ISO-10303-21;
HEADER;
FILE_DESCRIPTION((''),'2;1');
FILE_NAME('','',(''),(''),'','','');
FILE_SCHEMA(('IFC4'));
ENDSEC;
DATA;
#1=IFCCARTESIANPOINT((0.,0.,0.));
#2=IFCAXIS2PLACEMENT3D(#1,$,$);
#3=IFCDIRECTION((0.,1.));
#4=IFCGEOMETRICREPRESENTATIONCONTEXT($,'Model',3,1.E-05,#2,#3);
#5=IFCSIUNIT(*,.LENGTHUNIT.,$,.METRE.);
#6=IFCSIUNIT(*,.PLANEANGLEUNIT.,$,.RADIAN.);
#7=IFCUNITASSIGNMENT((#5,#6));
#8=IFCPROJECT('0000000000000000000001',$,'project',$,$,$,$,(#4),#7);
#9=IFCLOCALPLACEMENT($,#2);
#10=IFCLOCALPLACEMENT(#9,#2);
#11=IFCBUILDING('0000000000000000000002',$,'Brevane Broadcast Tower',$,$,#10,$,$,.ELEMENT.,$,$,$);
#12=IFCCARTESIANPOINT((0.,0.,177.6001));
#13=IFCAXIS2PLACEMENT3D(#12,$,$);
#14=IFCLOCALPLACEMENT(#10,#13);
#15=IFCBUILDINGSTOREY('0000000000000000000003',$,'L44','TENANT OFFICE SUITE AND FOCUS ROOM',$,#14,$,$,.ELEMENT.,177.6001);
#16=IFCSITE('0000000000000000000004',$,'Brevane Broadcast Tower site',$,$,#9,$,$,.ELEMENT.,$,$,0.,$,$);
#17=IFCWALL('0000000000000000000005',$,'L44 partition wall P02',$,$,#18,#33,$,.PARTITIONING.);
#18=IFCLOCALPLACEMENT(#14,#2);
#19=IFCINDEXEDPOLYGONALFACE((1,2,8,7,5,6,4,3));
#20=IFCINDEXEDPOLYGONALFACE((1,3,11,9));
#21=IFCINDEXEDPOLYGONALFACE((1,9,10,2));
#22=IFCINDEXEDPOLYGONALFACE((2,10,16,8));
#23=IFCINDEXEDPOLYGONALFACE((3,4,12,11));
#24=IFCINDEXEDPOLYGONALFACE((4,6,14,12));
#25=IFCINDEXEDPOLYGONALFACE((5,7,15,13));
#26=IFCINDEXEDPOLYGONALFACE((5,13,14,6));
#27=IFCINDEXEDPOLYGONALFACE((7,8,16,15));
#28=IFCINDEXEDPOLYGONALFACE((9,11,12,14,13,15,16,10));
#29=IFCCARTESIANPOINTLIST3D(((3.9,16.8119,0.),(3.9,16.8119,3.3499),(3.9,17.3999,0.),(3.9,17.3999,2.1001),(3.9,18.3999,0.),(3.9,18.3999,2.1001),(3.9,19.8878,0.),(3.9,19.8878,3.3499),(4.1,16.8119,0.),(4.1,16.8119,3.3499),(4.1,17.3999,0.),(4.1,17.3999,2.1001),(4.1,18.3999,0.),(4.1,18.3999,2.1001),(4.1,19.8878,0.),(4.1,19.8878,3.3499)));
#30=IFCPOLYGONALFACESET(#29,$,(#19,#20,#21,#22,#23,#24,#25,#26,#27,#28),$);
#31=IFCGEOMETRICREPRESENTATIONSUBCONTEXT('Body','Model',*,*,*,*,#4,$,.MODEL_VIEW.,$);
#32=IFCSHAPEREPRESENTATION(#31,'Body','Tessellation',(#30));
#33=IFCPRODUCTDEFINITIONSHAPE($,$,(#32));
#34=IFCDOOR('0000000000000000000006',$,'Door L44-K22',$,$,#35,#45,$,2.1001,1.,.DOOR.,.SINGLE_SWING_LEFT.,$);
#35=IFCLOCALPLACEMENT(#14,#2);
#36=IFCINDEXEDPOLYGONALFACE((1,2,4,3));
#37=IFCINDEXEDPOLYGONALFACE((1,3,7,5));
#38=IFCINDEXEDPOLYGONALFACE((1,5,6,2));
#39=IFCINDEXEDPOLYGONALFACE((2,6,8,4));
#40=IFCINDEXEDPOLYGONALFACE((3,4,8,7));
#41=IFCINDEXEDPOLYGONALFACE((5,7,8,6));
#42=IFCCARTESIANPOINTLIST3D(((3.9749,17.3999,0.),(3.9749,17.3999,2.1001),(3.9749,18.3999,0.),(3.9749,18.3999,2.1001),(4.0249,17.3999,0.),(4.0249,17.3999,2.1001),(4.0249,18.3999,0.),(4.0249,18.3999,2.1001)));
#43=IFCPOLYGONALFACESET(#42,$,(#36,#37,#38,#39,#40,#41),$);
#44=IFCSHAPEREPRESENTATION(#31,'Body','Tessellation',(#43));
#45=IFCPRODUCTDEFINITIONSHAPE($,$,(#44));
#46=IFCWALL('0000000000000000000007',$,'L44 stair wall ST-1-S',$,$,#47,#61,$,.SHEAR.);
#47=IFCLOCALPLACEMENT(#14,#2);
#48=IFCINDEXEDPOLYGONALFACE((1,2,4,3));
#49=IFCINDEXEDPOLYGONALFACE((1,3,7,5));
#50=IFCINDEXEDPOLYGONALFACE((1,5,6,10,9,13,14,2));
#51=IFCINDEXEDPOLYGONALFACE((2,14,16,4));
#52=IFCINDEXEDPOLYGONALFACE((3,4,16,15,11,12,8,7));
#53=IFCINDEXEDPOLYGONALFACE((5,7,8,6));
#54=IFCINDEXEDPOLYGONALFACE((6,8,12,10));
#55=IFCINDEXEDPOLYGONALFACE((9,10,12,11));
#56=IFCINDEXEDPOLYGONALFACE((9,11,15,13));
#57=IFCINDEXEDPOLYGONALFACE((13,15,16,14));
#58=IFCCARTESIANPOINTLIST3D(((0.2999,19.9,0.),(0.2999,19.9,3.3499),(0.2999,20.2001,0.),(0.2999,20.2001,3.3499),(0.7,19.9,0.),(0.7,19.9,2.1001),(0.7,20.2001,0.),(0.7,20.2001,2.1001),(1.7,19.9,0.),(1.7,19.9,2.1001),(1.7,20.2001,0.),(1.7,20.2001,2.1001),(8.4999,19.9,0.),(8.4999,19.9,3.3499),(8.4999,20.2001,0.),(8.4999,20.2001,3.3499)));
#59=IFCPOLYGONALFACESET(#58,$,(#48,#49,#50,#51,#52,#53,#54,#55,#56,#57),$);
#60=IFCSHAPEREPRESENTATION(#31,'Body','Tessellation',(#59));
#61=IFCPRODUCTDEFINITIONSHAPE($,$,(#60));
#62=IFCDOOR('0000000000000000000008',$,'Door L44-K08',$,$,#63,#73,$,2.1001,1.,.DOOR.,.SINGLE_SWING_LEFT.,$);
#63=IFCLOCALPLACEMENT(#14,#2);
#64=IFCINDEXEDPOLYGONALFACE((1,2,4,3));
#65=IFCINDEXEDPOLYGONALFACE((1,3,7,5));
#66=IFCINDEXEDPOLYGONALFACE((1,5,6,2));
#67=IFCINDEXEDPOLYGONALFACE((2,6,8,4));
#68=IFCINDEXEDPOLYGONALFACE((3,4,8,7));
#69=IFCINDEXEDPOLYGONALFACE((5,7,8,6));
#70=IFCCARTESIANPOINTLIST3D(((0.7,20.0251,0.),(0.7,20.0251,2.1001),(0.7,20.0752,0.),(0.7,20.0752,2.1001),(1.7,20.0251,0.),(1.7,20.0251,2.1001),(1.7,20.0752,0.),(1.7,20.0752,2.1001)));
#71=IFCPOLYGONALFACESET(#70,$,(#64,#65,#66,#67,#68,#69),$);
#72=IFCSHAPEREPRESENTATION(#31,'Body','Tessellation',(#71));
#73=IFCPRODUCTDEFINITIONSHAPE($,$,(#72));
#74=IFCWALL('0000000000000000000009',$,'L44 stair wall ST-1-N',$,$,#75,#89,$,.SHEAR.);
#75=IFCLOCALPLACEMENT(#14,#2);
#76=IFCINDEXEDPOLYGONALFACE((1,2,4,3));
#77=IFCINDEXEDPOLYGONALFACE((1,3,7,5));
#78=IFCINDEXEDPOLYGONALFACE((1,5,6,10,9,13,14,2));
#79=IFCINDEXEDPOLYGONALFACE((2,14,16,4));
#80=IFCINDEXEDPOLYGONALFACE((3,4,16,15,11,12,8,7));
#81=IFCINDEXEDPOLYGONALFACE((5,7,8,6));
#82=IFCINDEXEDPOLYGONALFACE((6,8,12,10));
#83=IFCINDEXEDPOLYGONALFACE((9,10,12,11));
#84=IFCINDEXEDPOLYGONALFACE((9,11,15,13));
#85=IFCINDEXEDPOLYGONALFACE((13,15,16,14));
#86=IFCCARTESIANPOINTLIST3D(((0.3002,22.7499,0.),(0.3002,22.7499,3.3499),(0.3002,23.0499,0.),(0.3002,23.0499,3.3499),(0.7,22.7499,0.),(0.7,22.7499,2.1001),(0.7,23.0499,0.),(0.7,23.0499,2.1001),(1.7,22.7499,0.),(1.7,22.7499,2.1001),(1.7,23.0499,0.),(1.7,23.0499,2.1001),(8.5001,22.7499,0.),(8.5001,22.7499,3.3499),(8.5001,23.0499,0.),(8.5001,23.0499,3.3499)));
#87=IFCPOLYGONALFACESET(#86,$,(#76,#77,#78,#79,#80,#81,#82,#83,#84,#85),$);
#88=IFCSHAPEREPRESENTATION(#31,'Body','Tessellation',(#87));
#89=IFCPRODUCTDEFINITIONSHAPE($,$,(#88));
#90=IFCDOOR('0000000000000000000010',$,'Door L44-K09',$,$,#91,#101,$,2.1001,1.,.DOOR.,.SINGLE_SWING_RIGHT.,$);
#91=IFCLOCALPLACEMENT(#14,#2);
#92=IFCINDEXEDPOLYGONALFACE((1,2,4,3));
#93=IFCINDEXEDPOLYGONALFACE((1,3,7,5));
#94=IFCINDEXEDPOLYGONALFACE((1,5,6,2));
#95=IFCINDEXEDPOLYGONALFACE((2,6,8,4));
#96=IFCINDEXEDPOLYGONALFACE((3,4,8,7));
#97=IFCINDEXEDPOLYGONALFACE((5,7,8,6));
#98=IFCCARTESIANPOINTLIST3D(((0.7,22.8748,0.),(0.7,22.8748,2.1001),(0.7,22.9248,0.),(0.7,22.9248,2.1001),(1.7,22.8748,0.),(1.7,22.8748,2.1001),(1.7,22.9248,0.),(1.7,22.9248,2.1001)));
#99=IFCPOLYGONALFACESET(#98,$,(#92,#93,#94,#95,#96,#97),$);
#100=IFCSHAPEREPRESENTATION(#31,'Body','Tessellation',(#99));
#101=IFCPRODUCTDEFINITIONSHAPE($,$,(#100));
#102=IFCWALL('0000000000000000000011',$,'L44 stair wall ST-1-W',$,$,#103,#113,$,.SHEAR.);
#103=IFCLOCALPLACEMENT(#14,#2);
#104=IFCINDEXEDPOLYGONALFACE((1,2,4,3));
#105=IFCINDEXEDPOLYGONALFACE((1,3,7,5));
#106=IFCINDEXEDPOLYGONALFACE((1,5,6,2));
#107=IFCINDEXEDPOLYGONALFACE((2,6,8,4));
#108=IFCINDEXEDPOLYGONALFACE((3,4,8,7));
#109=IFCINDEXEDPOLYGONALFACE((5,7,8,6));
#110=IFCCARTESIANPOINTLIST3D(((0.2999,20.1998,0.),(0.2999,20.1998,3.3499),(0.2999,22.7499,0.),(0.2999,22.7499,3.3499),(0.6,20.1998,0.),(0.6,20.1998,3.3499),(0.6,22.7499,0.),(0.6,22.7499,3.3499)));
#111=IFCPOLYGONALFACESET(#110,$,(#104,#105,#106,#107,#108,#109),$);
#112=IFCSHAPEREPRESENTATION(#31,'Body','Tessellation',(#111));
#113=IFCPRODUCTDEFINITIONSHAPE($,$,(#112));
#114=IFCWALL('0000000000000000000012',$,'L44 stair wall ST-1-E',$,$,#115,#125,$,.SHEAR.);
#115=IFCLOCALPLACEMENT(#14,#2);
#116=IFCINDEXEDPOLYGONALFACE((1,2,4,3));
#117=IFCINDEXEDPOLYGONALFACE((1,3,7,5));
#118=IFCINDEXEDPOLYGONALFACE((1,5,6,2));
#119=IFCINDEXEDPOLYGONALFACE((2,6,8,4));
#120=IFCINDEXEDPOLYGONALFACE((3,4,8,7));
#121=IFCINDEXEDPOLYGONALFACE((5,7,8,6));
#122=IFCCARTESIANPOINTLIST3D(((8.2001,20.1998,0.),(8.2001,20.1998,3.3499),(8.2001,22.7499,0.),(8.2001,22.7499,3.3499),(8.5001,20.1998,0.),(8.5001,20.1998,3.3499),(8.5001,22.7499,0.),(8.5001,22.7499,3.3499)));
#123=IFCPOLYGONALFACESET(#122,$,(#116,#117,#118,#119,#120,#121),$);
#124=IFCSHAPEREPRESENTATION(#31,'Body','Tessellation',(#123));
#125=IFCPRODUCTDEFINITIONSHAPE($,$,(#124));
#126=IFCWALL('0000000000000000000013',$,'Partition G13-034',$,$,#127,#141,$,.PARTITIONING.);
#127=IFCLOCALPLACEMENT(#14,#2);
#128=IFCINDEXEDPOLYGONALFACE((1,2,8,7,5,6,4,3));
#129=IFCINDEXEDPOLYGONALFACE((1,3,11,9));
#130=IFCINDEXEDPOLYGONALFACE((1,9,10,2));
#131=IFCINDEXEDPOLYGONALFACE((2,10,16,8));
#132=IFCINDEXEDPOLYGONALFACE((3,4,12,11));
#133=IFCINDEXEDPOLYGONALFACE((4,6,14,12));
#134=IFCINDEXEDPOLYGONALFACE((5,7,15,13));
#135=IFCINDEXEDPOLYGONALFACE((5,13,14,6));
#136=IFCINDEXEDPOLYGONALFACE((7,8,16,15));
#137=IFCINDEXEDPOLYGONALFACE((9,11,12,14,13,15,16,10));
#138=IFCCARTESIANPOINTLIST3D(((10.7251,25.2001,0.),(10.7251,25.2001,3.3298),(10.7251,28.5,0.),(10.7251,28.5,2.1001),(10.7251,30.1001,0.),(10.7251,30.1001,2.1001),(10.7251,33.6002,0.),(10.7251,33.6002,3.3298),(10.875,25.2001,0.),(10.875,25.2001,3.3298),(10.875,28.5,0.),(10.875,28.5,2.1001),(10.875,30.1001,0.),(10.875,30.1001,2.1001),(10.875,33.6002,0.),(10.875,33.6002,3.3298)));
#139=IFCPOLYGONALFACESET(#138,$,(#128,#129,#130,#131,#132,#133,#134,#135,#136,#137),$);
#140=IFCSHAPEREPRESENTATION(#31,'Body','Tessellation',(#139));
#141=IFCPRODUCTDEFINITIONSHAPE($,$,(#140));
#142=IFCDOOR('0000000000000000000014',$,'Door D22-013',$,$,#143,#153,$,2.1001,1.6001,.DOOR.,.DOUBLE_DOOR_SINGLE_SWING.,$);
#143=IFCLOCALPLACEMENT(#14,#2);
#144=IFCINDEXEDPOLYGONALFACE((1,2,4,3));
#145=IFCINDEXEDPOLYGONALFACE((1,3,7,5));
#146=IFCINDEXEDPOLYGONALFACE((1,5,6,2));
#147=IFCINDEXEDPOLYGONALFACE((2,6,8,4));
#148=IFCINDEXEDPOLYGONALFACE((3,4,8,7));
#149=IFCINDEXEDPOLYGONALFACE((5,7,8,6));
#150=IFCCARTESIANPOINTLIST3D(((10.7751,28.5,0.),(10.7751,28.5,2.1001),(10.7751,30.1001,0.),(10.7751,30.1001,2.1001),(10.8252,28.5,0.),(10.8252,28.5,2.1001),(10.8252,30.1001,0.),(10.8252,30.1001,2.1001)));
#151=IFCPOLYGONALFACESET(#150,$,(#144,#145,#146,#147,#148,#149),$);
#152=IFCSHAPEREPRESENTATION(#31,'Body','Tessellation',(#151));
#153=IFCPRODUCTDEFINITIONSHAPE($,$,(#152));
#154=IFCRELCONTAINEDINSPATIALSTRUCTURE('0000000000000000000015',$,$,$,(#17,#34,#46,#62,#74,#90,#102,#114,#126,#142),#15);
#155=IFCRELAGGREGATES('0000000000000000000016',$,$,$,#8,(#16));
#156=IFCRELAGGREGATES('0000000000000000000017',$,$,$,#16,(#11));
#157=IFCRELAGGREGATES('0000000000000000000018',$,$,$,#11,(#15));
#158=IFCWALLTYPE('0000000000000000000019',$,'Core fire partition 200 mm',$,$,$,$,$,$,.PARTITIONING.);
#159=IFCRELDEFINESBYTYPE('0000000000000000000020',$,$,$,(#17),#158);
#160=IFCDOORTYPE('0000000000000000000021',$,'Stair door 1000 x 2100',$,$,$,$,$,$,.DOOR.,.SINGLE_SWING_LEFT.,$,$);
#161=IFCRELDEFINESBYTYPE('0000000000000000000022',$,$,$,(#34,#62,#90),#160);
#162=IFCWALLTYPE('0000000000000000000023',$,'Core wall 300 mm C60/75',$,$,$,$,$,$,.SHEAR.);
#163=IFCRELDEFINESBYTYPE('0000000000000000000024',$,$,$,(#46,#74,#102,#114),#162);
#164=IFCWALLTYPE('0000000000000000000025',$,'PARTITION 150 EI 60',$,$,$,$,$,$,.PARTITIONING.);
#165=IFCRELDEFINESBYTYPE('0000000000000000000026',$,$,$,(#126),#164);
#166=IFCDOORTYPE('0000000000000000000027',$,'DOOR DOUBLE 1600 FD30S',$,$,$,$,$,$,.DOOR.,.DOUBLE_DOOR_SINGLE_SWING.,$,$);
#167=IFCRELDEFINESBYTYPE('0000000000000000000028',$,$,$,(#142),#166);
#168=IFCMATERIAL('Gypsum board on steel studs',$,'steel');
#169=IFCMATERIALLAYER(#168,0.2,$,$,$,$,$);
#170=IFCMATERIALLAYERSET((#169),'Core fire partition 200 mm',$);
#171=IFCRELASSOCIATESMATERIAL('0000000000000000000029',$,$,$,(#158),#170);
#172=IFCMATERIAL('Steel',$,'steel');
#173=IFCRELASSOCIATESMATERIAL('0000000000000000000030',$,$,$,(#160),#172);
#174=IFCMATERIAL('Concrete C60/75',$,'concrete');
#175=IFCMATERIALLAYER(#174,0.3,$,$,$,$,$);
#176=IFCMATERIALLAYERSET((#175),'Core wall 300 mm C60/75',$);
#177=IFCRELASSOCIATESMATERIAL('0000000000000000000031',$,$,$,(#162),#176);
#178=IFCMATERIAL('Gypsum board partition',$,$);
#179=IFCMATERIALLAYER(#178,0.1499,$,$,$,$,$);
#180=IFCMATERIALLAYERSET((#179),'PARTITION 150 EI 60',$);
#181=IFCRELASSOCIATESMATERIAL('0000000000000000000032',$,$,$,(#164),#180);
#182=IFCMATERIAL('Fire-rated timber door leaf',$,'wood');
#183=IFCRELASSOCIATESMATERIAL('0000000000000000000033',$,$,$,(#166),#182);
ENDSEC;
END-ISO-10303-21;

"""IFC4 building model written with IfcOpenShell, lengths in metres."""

from ifc_helpers import new_model, si_unit, direction, frame, frame_2d, origin, place, context, subcontext, project, spatial, rectangle, extrude, material, layer, layer_set, type_object, element, fill, save


model = new_model("IFC4")

# Units and contexts
model_context = context("Model", 3, precision=1e-05, world=origin(), true_north=direction((0.0, 1.0)))
body_context = subcontext(model_context, "Body", "Model", "MODEL_VIEW")
ifc_project = project(units=[si_unit("LENGTHUNIT", "METRE"), si_unit("PLANEANGLEUNIT", "RADIAN")], contexts=[model_context])

# Site, building, storey
site_placement = place(None, origin())
site = spatial("IfcSite", under=ifc_project, at=site_placement, Name="Brevane Broadcast Tower site", CompositionType="ELEMENT", RefElevation=0.0)
building_placement = place(site_placement, origin())
building = spatial("IfcBuilding", under=site, at=building_placement, Name="Brevane Broadcast Tower", CompositionType="ELEMENT")
storey_placement = place(building_placement, frame((0.0, 0.0, 177.6001)))
storey = spatial("IfcBuildingStorey", under=building, at=storey_placement, Name="L44", Description="TENANT OFFICE SUITE AND FOCUS ROOM", CompositionType="ELEMENT", Elevation=177.6001)

# Shared definitions
ifc_material_1 = material(Name="Concrete C60/75", Category="concrete")

# Shared definitions
ifc_material_2 = material(Name="Gypsum board on steel studs", Category="steel")
ifc_material_3 = material(Name="Steel", Category="steel")

# Walls, openings, doors
ifc_layer_1 = layer(ifc_material_2, 0.2)
ifc_layer_set_1 = layer_set([ifc_layer_1], Name="Core fire partition 200 mm")
wall_type_1 = type_object("IfcWallType", Name="Core fire partition 200 mm", PredefinedType="PARTITIONING", material=ifc_layer_set_1)
wall_1_placement = place(storey_placement, frame((4.0, 19.8879, 0.0), z_axis=(0.0, 0.0, 1.0), x_axis=(0.0, -1.0, 0.0)))
wall_1 = element("IfcWall", 1, at=wall_1_placement, inside=storey, type_object=wall_type_1, Name="L44 partition wall P02", PredefinedType="PARTITIONING", context=body_context, shape_type="SweptSolid", body=[
    extrude(rectangle(XDim=3.0759, YDim=0.2, at=frame_2d((1.5381, 0.0))), origin(), (0.0, 0.0, 1.0), 3.3499),
])
opening_1_placement = place(wall_1_placement, frame((1.488, 0.0, 0.0)))
opening_1 = element("IfcOpeningElement", 2, at=opening_1_placement, cuts=wall_1, PredefinedType="OPENING", context=body_context, shape_type="SweptSolid", body=[
    extrude(rectangle(XDim=1.0, YDim=2.1001, at=frame_2d((0.5, 1.05))), frame((0.0, 0.1099, 0.0), z_axis=(0.0, -1.0, 0.0), x_axis=(1.0, 0.0, 0.0)), (0.0, 0.0, 1.0), 0.22),
])
door_type_1 = type_object("IfcDoorType", Name="Stair door 1000 x 2100", OperationType="SINGLE_SWING_LEFT", PredefinedType="DOOR", material=ifc_material_3)
door_1_placement = place(opening_1_placement, origin())
door_1 = element("IfcDoor", 3, at=door_1_placement, inside=storey, type_object=door_type_1, Name="Door L44-K22", OperationType="SINGLE_SWING_LEFT", OverallHeight=2.1001, OverallWidth=1.0, PredefinedType="DOOR", context=body_context, shape_type="SweptSolid", body=[
    extrude(rectangle(XDim=1.0, YDim=2.1001, at=frame_2d((0.5, 1.05))), frame((0.0, 0.0249, 0.0), z_axis=(0.0, -1.0, 0.0), x_axis=(1.0, 0.0, 0.0)), (0.0, 0.0, 1.0), 0.05),
])
fill(opening_1, door_1)
ifc_layer_2 = layer(ifc_material_1, 0.3)
ifc_layer_set_2 = layer_set([ifc_layer_2], Name="Core wall 300 mm C60/75")
wall_type_2 = type_object("IfcWallType", Name="Core wall 300 mm C60/75", PredefinedType="SHEAR", material=ifc_layer_set_2)
wall_2_placement = place(storey_placement, frame((8.5, 20.05, 0.0), z_axis=(0.0, 0.0, 1.0), x_axis=(-1.0, 0.0, 0.0)))
wall_2 = element("IfcWall", 4, at=wall_2_placement, inside=storey, type_object=wall_type_2, Name="L44 stair wall ST-1-S", PredefinedType="SHEAR", context=body_context, shape_type="SweptSolid", body=[
    extrude(rectangle(XDim=8.2, YDim=0.3, at=frame_2d((4.1001, 0.0))), origin(), (0.0, 0.0, 1.0), 3.3499),
])
opening_2_placement = place(wall_2_placement, frame((6.8, 0.0, 0.0)))
opening_2 = element("IfcOpeningElement", 5, at=opening_2_placement, cuts=wall_2, PredefinedType="OPENING", context=body_context, shape_type="SweptSolid", body=[
    extrude(rectangle(XDim=1.0, YDim=2.1001, at=frame_2d((0.5, 1.05))), frame((0.0, 0.1599, 0.0), z_axis=(0.0, -1.0, 0.0), x_axis=(1.0, 0.0, 0.0)), (0.0, 0.0, 1.0), 0.3201),
])
door_2_placement = place(opening_2_placement, origin())
door_2 = element("IfcDoor", 6, at=door_2_placement, inside=storey, type_object=door_type_1, Name="Door L44-K08", OperationType="SINGLE_SWING_LEFT", OverallHeight=2.1001, OverallWidth=1.0, PredefinedType="DOOR", context=body_context, shape_type="SweptSolid", body=[
    extrude(rectangle(XDim=1.0, YDim=2.1001, at=frame_2d((0.5, 1.05))), frame((0.0, 0.0249, 0.0), z_axis=(0.0, -1.0, 0.0), x_axis=(1.0, 0.0, 0.0)), (0.0, 0.0, 1.0), 0.05),
])
fill(opening_2, door_2)
wall_3_placement = place(storey_placement, frame((0.3, 22.8999, 0.0), z_axis=(0.0, 0.0, 1.0), x_axis=(1.0, 0.0, 0.0)))
wall_3 = element("IfcWall", 7, at=wall_3_placement, inside=storey, type_object=wall_type_2, Name="L44 stair wall ST-1-N", PredefinedType="SHEAR", context=body_context, shape_type="SweptSolid", body=[
    extrude(rectangle(XDim=8.2, YDim=0.3, at=frame_2d((4.1001, 0.0))), origin(), (0.0, 0.0, 1.0), 3.3499),
])
opening_3_placement = place(wall_3_placement, frame((0.3999, 0.0, 0.0)))
opening_3 = element("IfcOpeningElement", 8, at=opening_3_placement, cuts=wall_3, PredefinedType="OPENING", context=body_context, shape_type="SweptSolid", body=[
    extrude(rectangle(XDim=1.0, YDim=2.1001, at=frame_2d((0.5, 1.05))), frame((0.0, 0.1599, 0.0), z_axis=(0.0, -1.0, 0.0), x_axis=(1.0, 0.0, 0.0)), (0.0, 0.0, 1.0), 0.3201),
])
door_3_placement = place(opening_3_placement, origin())
door_3 = element("IfcDoor", 9, at=door_3_placement, inside=storey, type_object=door_type_1, Name="Door L44-K09", OperationType="SINGLE_SWING_RIGHT", OverallHeight=2.1001, OverallWidth=1.0, PredefinedType="DOOR", context=body_context, shape_type="SweptSolid", body=[
    extrude(rectangle(XDim=1.0, YDim=2.1001, at=frame_2d((0.5, 1.05))), frame((0.0, 0.0249, 0.0), z_axis=(0.0, -1.0, 0.0), x_axis=(1.0, 0.0, 0.0)), (0.0, 0.0, 1.0), 0.05),
])
fill(opening_3, door_3)

# Walls
for number, where, z_axis, x_axis, name in (
    (10, (0.45, 20.2, 0.0), (0.0, 0.0, 1.0), (0.0, 1.0, 0.0), "L44 stair wall ST-1-W"),
    (11, (8.3501, 20.2, 0.0), (0.0, 0.0, 1.0), (0.0, 1.0, 0.0), "L44 stair wall ST-1-E"),
):
    element("IfcWall", number, at=place(storey_placement, frame(where, z_axis=z_axis, x_axis=x_axis)), inside=storey, type_object=wall_type_2, Name=name, PredefinedType="SHEAR", context=body_context, shape_type="SweptSolid", body=[
        extrude(rectangle(XDim=2.55, YDim=0.3, at=frame_2d((1.2749, 0.0))), origin(), (0.0, 0.0, 1.0), 3.3499),
    ])

# Wall, opening, door
ifc_material_4 = material(Name="Gypsum board partition")
ifc_layer_3 = layer(ifc_material_4, 0.1499)
ifc_layer_set_3 = layer_set([ifc_layer_3], Name="PARTITION 150 EI 60")
wall_type_3 = type_object("IfcWallType", Name="PARTITION 150 EI 60", PredefinedType="PARTITIONING", material=ifc_layer_set_3)
wall_4_placement = place(storey_placement, frame((10.8, 25.2, 0.0), z_axis=(0.0, 0.0, 1.0), x_axis=(0.0, 1.0, 0.0)))
wall_4 = element("IfcWall", 12, at=wall_4_placement, inside=storey, type_object=wall_type_3, Name="Partition G13-034", PredefinedType="PARTITIONING", context=body_context, shape_type="SweptSolid", body=[
    extrude(rectangle(XDim=8.4001, YDim=0.1499, at=frame_2d((4.2002, 0.0))), origin(), (0.0, 0.0, 1.0), 3.3298),
])
opening_4_placement = place(wall_4_placement, frame((3.3, 0.0, 0.0)))
opening_4 = element("IfcOpeningElement", 13, at=opening_4_placement, cuts=wall_4, PredefinedType="OPENING", context=body_context, shape_type="SweptSolid", body=[
    extrude(rectangle(XDim=1.6001, YDim=2.1001, at=frame_2d((0.8, 1.05))), frame((0.0, 0.085, 0.0), z_axis=(0.0, -1.0, 0.0), x_axis=(1.0, 0.0, 0.0)), (0.0, 0.0, 1.0), 0.1699),
])
ifc_material_5 = material(Name="Fire-rated timber door leaf", Category="wood")
door_type_2 = type_object("IfcDoorType", Name="DOOR DOUBLE 1600 FD30S", OperationType="DOUBLE_DOOR_SINGLE_SWING", PredefinedType="DOOR", material=ifc_material_5)
door_4_placement = place(opening_4_placement, origin())
door_4 = element("IfcDoor", 14, at=door_4_placement, inside=storey, type_object=door_type_2, Name="Door D22-013", OperationType="DOUBLE_DOOR_SINGLE_SWING", OverallHeight=2.1001, OverallWidth=1.6001, PredefinedType="DOOR", context=body_context, shape_type="SweptSolid", body=[
    extrude(rectangle(XDim=1.6001, YDim=2.1001, at=frame_2d((0.8, 1.05))), frame((0.0, 0.0249, 0.0), z_axis=(0.0, -1.0, 0.0), x_axis=(1.0, 0.0, 0.0)), (0.0, 0.0, 1.0), 0.05),
])
fill(opening_4, door_4)

save(model, "model.ifc")
